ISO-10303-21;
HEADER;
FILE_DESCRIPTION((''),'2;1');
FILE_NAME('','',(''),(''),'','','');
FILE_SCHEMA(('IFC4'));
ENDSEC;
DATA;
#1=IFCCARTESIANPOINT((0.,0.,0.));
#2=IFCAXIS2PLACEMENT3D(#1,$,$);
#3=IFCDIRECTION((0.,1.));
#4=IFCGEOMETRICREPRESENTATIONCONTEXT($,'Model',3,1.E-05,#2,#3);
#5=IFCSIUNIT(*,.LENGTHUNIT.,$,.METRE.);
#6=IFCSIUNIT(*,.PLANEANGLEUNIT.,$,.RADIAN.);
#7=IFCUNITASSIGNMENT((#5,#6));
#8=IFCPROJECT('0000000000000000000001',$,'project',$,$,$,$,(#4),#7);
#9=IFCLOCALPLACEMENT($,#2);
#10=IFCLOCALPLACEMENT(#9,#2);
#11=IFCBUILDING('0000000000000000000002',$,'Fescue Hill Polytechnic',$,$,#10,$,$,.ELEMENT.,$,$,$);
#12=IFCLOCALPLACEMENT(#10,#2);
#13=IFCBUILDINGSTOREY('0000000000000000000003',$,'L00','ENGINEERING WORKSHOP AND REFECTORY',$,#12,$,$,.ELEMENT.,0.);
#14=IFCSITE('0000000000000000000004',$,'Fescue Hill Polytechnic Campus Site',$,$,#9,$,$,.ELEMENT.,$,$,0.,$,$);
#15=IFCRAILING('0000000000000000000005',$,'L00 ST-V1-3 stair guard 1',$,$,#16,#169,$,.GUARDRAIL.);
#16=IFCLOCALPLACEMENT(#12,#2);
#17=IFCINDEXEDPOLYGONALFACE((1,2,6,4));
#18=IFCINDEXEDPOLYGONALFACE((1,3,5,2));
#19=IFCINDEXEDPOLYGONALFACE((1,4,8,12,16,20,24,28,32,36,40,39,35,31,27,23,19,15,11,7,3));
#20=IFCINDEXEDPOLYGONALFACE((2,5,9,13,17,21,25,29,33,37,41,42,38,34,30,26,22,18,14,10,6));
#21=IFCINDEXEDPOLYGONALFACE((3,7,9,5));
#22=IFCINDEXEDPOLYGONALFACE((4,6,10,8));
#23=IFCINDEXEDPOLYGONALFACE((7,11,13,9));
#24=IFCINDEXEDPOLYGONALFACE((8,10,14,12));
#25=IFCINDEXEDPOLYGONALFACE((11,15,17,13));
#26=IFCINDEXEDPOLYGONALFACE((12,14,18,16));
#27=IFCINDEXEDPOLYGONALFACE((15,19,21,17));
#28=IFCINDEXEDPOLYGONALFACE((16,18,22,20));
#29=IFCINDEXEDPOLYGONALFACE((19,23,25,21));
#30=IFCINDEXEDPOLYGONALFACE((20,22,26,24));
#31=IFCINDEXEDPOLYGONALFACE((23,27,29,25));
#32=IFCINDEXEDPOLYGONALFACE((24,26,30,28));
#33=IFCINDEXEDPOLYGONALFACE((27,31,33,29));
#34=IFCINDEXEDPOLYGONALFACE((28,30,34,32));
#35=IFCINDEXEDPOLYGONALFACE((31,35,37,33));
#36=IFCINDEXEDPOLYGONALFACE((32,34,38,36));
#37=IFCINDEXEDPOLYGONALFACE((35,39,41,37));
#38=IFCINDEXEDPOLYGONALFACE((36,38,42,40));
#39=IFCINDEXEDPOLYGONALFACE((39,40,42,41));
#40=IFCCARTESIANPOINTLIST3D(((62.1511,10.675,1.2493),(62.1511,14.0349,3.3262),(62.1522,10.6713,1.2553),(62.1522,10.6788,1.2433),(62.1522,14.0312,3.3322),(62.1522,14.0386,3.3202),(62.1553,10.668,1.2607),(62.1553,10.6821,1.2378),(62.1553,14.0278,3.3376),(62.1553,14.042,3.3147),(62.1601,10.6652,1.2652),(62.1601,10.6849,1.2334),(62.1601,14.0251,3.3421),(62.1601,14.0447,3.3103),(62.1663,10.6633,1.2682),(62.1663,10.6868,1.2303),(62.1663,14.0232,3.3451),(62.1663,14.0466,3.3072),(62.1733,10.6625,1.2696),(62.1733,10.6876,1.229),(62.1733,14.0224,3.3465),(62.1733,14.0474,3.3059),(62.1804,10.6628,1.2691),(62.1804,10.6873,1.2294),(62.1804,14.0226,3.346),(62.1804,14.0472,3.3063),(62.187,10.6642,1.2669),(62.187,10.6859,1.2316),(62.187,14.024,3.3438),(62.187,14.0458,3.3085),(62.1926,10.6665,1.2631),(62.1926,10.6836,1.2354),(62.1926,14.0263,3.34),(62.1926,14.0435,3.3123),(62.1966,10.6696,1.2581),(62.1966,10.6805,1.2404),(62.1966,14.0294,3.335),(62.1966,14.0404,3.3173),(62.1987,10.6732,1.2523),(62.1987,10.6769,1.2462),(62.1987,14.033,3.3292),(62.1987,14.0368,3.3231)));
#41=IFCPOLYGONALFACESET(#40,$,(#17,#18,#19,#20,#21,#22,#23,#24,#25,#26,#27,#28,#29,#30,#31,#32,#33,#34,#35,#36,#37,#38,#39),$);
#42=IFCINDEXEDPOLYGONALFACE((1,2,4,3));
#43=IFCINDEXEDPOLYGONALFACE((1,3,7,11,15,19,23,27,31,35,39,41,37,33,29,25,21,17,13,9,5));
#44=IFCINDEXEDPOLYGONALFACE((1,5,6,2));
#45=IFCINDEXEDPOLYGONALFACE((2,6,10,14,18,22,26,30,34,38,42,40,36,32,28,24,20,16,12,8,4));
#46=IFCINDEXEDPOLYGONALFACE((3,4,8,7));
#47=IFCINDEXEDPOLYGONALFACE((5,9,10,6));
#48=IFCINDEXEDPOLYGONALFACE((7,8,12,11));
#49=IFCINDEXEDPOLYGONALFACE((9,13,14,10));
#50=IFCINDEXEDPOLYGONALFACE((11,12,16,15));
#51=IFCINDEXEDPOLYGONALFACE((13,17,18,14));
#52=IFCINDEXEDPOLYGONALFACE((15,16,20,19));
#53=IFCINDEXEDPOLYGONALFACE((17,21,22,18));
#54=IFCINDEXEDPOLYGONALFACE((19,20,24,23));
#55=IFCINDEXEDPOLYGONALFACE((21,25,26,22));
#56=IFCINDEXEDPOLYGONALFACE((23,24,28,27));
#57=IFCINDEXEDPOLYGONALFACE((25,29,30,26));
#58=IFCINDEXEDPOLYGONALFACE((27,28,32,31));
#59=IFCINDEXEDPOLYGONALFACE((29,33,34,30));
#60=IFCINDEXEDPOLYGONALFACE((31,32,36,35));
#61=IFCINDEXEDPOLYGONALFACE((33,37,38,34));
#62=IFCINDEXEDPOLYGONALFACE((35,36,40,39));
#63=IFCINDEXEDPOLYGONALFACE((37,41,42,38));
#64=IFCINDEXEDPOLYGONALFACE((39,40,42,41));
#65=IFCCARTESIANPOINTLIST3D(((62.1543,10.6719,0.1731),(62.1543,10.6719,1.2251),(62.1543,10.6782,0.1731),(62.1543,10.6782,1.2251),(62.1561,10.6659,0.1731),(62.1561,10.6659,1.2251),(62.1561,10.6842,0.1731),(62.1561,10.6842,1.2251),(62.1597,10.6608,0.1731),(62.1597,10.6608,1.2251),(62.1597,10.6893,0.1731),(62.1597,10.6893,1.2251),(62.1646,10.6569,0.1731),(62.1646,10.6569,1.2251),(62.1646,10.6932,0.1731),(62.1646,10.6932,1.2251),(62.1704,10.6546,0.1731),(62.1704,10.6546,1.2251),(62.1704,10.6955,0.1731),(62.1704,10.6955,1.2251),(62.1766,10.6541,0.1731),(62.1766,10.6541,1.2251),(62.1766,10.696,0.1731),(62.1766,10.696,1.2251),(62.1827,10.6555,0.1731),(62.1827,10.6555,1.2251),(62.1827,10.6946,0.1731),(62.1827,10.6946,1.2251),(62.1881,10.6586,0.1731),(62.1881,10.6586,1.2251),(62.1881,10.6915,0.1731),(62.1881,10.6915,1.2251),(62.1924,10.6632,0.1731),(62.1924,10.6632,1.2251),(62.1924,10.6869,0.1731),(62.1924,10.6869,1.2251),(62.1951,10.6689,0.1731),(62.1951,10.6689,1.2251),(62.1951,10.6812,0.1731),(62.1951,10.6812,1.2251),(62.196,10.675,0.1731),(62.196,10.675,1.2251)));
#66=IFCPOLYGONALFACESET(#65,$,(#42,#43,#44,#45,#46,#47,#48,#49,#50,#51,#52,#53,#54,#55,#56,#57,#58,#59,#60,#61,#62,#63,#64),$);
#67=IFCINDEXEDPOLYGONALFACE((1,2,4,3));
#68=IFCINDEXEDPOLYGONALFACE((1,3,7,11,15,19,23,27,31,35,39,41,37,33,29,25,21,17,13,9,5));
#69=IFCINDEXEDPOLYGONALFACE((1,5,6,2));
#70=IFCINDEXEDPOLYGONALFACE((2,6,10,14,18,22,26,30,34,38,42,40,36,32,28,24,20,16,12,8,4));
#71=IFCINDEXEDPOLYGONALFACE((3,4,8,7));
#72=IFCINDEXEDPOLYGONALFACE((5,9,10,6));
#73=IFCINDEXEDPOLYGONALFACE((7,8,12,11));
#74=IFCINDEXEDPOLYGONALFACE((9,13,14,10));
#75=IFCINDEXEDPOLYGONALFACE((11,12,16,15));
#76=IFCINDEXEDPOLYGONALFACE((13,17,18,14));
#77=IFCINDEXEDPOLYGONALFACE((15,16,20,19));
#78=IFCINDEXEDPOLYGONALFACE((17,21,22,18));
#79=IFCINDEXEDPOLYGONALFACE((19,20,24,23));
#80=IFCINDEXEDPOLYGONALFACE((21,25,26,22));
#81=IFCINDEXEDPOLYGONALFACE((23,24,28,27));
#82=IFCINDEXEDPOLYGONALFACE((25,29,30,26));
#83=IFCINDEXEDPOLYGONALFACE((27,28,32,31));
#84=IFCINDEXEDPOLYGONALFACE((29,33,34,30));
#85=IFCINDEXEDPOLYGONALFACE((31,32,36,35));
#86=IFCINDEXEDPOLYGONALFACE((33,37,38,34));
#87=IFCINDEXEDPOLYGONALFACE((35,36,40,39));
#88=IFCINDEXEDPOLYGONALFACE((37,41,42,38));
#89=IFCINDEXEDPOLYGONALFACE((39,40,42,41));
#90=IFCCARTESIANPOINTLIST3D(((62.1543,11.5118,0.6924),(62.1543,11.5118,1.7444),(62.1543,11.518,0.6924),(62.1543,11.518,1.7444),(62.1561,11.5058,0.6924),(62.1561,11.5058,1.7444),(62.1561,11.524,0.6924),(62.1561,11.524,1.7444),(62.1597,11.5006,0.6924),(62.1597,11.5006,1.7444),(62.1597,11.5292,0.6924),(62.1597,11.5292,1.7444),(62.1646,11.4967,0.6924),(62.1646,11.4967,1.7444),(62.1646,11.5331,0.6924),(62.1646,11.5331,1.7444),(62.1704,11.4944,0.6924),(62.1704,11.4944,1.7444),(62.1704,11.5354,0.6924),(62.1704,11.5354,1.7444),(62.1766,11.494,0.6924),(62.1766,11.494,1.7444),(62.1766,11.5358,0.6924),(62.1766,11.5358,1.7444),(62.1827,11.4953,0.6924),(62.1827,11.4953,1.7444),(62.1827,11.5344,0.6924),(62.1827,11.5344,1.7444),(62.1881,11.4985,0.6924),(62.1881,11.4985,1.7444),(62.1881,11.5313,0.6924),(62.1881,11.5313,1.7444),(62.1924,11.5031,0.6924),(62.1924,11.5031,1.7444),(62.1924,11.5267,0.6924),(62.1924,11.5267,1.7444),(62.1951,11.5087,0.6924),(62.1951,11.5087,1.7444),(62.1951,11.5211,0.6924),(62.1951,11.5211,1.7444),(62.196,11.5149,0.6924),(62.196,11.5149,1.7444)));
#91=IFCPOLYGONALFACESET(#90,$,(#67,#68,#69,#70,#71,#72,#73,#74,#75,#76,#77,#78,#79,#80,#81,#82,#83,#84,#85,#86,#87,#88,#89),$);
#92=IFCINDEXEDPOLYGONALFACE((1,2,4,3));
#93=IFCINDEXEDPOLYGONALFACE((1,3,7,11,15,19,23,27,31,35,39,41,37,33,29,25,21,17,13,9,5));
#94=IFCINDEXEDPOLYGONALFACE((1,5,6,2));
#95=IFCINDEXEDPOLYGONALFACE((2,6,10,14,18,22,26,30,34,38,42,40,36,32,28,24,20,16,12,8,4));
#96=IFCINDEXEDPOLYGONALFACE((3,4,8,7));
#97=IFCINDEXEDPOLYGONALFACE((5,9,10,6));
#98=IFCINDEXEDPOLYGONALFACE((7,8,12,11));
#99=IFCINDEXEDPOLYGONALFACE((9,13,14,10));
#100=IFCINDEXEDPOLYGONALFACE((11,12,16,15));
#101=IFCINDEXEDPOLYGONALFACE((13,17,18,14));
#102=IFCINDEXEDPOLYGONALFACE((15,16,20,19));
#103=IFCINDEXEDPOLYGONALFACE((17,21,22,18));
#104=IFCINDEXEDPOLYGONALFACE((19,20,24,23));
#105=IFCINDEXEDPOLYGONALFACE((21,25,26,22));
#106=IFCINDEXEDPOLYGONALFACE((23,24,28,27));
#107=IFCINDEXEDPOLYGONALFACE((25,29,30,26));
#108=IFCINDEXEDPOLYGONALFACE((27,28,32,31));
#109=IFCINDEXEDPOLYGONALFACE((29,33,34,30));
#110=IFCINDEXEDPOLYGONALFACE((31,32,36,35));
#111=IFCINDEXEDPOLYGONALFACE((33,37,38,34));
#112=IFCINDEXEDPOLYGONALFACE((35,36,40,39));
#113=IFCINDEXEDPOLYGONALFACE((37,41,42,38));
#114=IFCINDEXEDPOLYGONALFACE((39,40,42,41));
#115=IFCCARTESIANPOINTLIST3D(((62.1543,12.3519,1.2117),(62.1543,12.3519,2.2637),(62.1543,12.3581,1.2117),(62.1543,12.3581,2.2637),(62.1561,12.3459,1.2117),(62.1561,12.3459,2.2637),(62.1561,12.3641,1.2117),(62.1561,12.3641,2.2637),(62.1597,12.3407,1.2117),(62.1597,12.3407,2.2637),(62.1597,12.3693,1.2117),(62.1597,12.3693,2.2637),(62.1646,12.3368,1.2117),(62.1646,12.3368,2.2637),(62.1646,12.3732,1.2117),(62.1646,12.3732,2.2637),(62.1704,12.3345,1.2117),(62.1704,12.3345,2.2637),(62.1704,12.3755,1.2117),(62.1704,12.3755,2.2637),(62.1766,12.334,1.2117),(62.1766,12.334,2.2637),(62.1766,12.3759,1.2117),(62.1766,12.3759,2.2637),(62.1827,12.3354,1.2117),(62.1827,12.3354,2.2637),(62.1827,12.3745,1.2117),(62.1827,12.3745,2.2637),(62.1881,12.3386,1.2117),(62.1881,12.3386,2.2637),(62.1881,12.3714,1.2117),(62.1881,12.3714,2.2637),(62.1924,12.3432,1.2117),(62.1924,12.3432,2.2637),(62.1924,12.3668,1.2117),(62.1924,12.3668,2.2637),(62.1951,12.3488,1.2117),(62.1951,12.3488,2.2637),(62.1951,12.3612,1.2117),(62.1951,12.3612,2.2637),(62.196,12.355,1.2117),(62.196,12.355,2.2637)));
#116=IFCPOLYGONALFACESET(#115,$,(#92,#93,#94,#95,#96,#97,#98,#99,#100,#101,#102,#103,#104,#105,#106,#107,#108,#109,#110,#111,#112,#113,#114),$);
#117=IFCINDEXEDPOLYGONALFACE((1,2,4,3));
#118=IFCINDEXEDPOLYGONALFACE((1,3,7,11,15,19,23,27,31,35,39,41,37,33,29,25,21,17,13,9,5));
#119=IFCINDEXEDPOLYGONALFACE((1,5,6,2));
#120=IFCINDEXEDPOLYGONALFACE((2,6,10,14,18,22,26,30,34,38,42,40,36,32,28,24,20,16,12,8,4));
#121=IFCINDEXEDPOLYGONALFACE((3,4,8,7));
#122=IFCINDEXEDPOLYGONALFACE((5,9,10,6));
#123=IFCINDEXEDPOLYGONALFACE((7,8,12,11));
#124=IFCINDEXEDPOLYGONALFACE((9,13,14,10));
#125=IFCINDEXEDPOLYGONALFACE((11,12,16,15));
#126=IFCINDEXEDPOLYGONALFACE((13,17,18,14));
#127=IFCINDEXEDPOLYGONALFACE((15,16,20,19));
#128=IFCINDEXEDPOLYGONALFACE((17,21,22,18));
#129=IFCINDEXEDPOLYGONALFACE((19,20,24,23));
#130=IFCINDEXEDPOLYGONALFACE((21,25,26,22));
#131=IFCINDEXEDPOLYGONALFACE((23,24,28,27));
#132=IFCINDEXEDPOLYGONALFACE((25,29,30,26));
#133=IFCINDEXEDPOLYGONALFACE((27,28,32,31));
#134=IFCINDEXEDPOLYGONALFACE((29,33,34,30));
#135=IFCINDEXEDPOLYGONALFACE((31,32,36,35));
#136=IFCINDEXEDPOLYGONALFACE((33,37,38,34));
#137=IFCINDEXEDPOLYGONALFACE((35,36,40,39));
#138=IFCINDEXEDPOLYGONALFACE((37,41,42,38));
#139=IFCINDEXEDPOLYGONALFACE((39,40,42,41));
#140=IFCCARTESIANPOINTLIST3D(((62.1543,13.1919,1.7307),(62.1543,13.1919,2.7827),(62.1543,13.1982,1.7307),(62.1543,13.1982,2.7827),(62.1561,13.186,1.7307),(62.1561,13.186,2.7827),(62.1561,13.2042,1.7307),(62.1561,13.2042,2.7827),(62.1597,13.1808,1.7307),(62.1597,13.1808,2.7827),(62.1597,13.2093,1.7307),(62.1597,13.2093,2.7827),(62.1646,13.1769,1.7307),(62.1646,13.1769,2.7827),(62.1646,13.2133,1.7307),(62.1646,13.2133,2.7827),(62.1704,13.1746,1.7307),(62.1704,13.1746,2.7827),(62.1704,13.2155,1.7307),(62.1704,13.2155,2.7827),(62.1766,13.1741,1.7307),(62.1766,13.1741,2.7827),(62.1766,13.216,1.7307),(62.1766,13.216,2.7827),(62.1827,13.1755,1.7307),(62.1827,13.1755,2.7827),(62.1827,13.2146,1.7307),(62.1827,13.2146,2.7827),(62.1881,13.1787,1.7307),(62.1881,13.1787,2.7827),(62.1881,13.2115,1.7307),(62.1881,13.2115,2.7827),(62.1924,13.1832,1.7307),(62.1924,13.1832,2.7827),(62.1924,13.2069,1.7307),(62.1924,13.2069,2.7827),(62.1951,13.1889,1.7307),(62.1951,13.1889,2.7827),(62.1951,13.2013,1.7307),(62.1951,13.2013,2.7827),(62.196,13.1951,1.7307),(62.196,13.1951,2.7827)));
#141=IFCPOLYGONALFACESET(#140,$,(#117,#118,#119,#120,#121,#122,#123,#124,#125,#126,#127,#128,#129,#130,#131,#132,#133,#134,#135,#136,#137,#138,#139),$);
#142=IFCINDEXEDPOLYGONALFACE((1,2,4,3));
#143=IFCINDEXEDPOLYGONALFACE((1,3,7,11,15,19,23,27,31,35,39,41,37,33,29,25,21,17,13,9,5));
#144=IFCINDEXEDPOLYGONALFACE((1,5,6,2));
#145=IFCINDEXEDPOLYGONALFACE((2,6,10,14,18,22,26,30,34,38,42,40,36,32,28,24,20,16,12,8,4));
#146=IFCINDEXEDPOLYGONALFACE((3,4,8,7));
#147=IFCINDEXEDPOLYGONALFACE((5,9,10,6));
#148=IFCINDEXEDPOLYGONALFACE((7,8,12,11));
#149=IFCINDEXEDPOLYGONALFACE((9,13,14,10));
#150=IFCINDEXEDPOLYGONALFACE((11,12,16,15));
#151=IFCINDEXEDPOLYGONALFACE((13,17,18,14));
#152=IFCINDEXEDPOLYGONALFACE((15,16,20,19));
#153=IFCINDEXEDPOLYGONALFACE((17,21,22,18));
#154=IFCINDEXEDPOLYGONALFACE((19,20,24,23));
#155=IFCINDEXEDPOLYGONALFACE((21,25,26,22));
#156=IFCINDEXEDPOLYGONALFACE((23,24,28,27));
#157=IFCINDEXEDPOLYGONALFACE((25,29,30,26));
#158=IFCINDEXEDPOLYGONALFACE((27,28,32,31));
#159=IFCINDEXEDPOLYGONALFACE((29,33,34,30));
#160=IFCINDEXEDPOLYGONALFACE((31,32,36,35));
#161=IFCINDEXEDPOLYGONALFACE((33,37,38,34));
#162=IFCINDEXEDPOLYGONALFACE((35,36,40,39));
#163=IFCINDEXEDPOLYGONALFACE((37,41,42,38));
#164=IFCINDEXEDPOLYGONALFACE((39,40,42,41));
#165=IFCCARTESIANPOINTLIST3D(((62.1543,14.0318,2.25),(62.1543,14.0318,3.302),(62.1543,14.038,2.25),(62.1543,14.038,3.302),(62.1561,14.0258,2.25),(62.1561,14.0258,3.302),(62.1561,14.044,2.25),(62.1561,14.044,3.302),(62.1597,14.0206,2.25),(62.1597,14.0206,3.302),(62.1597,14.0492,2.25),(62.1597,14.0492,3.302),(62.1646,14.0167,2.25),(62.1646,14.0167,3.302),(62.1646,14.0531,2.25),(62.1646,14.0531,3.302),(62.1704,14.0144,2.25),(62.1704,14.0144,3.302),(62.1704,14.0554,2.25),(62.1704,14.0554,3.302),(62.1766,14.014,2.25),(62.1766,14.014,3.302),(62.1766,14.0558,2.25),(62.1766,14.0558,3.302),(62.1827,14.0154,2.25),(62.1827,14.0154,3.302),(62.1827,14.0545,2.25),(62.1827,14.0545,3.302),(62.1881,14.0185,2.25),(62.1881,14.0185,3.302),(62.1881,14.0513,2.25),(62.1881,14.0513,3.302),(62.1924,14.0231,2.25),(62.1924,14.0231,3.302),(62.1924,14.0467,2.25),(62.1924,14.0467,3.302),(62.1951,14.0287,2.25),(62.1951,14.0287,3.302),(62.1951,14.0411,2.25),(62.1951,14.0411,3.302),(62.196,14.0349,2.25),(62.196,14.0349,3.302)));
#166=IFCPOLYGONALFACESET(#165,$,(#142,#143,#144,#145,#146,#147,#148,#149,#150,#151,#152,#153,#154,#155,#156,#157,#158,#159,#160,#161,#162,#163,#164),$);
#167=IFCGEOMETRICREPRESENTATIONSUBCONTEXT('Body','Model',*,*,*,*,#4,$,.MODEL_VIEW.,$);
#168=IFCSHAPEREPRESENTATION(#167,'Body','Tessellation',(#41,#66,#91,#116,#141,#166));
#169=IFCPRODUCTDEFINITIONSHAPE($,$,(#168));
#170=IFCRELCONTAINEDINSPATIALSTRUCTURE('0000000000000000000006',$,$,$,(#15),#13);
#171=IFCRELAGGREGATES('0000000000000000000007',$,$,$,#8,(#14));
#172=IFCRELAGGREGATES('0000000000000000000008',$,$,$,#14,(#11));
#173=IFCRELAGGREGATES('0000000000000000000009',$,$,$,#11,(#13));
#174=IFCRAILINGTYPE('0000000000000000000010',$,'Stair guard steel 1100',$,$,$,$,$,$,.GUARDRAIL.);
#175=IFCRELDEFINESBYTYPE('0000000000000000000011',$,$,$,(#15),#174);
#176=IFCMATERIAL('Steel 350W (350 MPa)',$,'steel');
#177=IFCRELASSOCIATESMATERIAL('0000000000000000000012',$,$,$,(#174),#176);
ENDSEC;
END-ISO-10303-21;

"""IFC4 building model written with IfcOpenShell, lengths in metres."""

from ifc_helpers import new_model, si_unit, direction, frame, origin, origin_2d, place, context, subcontext, project, spatial, circle, extrude, material, type_object, element, save


model = new_model("IFC4")

# Units and contexts
model_context = context("Model", 3, precision=1e-05, world=origin(), true_north=direction((0.0, 1.0)))
body_context = subcontext(model_context, "Body", "Model", "MODEL_VIEW")
ifc_project = project(units=[si_unit("LENGTHUNIT", "METRE"), si_unit("PLANEANGLEUNIT", "RADIAN")], contexts=[model_context])

# Site, building, storey
site_placement = place(None, origin())
site = spatial("IfcSite", under=ifc_project, at=site_placement, Name="Fescue Hill Polytechnic Campus Site", CompositionType="ELEMENT", RefElevation=0.0)
building_placement = place(site_placement, origin())
building = spatial("IfcBuilding", under=site, at=building_placement, Name="Fescue Hill Polytechnic", CompositionType="ELEMENT")
storey_placement = place(building_placement, origin())
storey = spatial("IfcBuildingStorey", under=building, at=storey_placement, Name="L00", Description="ENGINEERING WORKSHOP AND REFECTORY", CompositionType="ELEMENT", Elevation=0.0)

# Railing
ifc_material_1 = material(Name="Steel 350W (350 MPa)", Category="steel")
railing_type = type_object("IfcRailingType", Name="Stair guard steel 1100", PredefinedType="GUARDRAIL", material=ifc_material_1)
railing_1_placement = place(storey_placement, frame((62.175, 10.675, 0.1731)))
element("IfcRailing", 1, at=railing_1_placement, inside=storey, type_object=railing_type, Name="L00 ST-V1-3 stair guard 1", PredefinedType="GUARDRAIL", context=body_context, shape_type="SweptSolid", body=[
    extrude(circle(Radius=0.0239, at=origin_2d()), frame((0.0, 0.0, 1.0762), z_axis=(0.0, 0.850606, 0.525803), x_axis=(-1.0, 0.0, 0.0)), (0.0, 0.0, 1.0), 3.95),
    extrude(circle(Radius=0.021, at=origin_2d()), origin(), (0.0, 0.0, 1.0), 1.052),
    extrude(circle(Radius=0.021, at=origin_2d()), frame((0.0, 0.8398, 0.5193)), (0.0, 0.0, 1.0), 1.052),
    extrude(circle(Radius=0.021, at=origin_2d()), frame((0.0, 1.6799, 1.0386)), (0.0, 0.0, 1.0), 1.052),
    extrude(circle(Radius=0.021, at=origin_2d()), frame((0.0, 2.52, 1.5576)), (0.0, 0.0, 1.0), 1.052),
    extrude(circle(Radius=0.021, at=origin_2d()), frame((0.0, 3.3599, 2.0769)), (0.0, 0.0, 1.0), 1.052),
])

save(model, "model.ifc")
